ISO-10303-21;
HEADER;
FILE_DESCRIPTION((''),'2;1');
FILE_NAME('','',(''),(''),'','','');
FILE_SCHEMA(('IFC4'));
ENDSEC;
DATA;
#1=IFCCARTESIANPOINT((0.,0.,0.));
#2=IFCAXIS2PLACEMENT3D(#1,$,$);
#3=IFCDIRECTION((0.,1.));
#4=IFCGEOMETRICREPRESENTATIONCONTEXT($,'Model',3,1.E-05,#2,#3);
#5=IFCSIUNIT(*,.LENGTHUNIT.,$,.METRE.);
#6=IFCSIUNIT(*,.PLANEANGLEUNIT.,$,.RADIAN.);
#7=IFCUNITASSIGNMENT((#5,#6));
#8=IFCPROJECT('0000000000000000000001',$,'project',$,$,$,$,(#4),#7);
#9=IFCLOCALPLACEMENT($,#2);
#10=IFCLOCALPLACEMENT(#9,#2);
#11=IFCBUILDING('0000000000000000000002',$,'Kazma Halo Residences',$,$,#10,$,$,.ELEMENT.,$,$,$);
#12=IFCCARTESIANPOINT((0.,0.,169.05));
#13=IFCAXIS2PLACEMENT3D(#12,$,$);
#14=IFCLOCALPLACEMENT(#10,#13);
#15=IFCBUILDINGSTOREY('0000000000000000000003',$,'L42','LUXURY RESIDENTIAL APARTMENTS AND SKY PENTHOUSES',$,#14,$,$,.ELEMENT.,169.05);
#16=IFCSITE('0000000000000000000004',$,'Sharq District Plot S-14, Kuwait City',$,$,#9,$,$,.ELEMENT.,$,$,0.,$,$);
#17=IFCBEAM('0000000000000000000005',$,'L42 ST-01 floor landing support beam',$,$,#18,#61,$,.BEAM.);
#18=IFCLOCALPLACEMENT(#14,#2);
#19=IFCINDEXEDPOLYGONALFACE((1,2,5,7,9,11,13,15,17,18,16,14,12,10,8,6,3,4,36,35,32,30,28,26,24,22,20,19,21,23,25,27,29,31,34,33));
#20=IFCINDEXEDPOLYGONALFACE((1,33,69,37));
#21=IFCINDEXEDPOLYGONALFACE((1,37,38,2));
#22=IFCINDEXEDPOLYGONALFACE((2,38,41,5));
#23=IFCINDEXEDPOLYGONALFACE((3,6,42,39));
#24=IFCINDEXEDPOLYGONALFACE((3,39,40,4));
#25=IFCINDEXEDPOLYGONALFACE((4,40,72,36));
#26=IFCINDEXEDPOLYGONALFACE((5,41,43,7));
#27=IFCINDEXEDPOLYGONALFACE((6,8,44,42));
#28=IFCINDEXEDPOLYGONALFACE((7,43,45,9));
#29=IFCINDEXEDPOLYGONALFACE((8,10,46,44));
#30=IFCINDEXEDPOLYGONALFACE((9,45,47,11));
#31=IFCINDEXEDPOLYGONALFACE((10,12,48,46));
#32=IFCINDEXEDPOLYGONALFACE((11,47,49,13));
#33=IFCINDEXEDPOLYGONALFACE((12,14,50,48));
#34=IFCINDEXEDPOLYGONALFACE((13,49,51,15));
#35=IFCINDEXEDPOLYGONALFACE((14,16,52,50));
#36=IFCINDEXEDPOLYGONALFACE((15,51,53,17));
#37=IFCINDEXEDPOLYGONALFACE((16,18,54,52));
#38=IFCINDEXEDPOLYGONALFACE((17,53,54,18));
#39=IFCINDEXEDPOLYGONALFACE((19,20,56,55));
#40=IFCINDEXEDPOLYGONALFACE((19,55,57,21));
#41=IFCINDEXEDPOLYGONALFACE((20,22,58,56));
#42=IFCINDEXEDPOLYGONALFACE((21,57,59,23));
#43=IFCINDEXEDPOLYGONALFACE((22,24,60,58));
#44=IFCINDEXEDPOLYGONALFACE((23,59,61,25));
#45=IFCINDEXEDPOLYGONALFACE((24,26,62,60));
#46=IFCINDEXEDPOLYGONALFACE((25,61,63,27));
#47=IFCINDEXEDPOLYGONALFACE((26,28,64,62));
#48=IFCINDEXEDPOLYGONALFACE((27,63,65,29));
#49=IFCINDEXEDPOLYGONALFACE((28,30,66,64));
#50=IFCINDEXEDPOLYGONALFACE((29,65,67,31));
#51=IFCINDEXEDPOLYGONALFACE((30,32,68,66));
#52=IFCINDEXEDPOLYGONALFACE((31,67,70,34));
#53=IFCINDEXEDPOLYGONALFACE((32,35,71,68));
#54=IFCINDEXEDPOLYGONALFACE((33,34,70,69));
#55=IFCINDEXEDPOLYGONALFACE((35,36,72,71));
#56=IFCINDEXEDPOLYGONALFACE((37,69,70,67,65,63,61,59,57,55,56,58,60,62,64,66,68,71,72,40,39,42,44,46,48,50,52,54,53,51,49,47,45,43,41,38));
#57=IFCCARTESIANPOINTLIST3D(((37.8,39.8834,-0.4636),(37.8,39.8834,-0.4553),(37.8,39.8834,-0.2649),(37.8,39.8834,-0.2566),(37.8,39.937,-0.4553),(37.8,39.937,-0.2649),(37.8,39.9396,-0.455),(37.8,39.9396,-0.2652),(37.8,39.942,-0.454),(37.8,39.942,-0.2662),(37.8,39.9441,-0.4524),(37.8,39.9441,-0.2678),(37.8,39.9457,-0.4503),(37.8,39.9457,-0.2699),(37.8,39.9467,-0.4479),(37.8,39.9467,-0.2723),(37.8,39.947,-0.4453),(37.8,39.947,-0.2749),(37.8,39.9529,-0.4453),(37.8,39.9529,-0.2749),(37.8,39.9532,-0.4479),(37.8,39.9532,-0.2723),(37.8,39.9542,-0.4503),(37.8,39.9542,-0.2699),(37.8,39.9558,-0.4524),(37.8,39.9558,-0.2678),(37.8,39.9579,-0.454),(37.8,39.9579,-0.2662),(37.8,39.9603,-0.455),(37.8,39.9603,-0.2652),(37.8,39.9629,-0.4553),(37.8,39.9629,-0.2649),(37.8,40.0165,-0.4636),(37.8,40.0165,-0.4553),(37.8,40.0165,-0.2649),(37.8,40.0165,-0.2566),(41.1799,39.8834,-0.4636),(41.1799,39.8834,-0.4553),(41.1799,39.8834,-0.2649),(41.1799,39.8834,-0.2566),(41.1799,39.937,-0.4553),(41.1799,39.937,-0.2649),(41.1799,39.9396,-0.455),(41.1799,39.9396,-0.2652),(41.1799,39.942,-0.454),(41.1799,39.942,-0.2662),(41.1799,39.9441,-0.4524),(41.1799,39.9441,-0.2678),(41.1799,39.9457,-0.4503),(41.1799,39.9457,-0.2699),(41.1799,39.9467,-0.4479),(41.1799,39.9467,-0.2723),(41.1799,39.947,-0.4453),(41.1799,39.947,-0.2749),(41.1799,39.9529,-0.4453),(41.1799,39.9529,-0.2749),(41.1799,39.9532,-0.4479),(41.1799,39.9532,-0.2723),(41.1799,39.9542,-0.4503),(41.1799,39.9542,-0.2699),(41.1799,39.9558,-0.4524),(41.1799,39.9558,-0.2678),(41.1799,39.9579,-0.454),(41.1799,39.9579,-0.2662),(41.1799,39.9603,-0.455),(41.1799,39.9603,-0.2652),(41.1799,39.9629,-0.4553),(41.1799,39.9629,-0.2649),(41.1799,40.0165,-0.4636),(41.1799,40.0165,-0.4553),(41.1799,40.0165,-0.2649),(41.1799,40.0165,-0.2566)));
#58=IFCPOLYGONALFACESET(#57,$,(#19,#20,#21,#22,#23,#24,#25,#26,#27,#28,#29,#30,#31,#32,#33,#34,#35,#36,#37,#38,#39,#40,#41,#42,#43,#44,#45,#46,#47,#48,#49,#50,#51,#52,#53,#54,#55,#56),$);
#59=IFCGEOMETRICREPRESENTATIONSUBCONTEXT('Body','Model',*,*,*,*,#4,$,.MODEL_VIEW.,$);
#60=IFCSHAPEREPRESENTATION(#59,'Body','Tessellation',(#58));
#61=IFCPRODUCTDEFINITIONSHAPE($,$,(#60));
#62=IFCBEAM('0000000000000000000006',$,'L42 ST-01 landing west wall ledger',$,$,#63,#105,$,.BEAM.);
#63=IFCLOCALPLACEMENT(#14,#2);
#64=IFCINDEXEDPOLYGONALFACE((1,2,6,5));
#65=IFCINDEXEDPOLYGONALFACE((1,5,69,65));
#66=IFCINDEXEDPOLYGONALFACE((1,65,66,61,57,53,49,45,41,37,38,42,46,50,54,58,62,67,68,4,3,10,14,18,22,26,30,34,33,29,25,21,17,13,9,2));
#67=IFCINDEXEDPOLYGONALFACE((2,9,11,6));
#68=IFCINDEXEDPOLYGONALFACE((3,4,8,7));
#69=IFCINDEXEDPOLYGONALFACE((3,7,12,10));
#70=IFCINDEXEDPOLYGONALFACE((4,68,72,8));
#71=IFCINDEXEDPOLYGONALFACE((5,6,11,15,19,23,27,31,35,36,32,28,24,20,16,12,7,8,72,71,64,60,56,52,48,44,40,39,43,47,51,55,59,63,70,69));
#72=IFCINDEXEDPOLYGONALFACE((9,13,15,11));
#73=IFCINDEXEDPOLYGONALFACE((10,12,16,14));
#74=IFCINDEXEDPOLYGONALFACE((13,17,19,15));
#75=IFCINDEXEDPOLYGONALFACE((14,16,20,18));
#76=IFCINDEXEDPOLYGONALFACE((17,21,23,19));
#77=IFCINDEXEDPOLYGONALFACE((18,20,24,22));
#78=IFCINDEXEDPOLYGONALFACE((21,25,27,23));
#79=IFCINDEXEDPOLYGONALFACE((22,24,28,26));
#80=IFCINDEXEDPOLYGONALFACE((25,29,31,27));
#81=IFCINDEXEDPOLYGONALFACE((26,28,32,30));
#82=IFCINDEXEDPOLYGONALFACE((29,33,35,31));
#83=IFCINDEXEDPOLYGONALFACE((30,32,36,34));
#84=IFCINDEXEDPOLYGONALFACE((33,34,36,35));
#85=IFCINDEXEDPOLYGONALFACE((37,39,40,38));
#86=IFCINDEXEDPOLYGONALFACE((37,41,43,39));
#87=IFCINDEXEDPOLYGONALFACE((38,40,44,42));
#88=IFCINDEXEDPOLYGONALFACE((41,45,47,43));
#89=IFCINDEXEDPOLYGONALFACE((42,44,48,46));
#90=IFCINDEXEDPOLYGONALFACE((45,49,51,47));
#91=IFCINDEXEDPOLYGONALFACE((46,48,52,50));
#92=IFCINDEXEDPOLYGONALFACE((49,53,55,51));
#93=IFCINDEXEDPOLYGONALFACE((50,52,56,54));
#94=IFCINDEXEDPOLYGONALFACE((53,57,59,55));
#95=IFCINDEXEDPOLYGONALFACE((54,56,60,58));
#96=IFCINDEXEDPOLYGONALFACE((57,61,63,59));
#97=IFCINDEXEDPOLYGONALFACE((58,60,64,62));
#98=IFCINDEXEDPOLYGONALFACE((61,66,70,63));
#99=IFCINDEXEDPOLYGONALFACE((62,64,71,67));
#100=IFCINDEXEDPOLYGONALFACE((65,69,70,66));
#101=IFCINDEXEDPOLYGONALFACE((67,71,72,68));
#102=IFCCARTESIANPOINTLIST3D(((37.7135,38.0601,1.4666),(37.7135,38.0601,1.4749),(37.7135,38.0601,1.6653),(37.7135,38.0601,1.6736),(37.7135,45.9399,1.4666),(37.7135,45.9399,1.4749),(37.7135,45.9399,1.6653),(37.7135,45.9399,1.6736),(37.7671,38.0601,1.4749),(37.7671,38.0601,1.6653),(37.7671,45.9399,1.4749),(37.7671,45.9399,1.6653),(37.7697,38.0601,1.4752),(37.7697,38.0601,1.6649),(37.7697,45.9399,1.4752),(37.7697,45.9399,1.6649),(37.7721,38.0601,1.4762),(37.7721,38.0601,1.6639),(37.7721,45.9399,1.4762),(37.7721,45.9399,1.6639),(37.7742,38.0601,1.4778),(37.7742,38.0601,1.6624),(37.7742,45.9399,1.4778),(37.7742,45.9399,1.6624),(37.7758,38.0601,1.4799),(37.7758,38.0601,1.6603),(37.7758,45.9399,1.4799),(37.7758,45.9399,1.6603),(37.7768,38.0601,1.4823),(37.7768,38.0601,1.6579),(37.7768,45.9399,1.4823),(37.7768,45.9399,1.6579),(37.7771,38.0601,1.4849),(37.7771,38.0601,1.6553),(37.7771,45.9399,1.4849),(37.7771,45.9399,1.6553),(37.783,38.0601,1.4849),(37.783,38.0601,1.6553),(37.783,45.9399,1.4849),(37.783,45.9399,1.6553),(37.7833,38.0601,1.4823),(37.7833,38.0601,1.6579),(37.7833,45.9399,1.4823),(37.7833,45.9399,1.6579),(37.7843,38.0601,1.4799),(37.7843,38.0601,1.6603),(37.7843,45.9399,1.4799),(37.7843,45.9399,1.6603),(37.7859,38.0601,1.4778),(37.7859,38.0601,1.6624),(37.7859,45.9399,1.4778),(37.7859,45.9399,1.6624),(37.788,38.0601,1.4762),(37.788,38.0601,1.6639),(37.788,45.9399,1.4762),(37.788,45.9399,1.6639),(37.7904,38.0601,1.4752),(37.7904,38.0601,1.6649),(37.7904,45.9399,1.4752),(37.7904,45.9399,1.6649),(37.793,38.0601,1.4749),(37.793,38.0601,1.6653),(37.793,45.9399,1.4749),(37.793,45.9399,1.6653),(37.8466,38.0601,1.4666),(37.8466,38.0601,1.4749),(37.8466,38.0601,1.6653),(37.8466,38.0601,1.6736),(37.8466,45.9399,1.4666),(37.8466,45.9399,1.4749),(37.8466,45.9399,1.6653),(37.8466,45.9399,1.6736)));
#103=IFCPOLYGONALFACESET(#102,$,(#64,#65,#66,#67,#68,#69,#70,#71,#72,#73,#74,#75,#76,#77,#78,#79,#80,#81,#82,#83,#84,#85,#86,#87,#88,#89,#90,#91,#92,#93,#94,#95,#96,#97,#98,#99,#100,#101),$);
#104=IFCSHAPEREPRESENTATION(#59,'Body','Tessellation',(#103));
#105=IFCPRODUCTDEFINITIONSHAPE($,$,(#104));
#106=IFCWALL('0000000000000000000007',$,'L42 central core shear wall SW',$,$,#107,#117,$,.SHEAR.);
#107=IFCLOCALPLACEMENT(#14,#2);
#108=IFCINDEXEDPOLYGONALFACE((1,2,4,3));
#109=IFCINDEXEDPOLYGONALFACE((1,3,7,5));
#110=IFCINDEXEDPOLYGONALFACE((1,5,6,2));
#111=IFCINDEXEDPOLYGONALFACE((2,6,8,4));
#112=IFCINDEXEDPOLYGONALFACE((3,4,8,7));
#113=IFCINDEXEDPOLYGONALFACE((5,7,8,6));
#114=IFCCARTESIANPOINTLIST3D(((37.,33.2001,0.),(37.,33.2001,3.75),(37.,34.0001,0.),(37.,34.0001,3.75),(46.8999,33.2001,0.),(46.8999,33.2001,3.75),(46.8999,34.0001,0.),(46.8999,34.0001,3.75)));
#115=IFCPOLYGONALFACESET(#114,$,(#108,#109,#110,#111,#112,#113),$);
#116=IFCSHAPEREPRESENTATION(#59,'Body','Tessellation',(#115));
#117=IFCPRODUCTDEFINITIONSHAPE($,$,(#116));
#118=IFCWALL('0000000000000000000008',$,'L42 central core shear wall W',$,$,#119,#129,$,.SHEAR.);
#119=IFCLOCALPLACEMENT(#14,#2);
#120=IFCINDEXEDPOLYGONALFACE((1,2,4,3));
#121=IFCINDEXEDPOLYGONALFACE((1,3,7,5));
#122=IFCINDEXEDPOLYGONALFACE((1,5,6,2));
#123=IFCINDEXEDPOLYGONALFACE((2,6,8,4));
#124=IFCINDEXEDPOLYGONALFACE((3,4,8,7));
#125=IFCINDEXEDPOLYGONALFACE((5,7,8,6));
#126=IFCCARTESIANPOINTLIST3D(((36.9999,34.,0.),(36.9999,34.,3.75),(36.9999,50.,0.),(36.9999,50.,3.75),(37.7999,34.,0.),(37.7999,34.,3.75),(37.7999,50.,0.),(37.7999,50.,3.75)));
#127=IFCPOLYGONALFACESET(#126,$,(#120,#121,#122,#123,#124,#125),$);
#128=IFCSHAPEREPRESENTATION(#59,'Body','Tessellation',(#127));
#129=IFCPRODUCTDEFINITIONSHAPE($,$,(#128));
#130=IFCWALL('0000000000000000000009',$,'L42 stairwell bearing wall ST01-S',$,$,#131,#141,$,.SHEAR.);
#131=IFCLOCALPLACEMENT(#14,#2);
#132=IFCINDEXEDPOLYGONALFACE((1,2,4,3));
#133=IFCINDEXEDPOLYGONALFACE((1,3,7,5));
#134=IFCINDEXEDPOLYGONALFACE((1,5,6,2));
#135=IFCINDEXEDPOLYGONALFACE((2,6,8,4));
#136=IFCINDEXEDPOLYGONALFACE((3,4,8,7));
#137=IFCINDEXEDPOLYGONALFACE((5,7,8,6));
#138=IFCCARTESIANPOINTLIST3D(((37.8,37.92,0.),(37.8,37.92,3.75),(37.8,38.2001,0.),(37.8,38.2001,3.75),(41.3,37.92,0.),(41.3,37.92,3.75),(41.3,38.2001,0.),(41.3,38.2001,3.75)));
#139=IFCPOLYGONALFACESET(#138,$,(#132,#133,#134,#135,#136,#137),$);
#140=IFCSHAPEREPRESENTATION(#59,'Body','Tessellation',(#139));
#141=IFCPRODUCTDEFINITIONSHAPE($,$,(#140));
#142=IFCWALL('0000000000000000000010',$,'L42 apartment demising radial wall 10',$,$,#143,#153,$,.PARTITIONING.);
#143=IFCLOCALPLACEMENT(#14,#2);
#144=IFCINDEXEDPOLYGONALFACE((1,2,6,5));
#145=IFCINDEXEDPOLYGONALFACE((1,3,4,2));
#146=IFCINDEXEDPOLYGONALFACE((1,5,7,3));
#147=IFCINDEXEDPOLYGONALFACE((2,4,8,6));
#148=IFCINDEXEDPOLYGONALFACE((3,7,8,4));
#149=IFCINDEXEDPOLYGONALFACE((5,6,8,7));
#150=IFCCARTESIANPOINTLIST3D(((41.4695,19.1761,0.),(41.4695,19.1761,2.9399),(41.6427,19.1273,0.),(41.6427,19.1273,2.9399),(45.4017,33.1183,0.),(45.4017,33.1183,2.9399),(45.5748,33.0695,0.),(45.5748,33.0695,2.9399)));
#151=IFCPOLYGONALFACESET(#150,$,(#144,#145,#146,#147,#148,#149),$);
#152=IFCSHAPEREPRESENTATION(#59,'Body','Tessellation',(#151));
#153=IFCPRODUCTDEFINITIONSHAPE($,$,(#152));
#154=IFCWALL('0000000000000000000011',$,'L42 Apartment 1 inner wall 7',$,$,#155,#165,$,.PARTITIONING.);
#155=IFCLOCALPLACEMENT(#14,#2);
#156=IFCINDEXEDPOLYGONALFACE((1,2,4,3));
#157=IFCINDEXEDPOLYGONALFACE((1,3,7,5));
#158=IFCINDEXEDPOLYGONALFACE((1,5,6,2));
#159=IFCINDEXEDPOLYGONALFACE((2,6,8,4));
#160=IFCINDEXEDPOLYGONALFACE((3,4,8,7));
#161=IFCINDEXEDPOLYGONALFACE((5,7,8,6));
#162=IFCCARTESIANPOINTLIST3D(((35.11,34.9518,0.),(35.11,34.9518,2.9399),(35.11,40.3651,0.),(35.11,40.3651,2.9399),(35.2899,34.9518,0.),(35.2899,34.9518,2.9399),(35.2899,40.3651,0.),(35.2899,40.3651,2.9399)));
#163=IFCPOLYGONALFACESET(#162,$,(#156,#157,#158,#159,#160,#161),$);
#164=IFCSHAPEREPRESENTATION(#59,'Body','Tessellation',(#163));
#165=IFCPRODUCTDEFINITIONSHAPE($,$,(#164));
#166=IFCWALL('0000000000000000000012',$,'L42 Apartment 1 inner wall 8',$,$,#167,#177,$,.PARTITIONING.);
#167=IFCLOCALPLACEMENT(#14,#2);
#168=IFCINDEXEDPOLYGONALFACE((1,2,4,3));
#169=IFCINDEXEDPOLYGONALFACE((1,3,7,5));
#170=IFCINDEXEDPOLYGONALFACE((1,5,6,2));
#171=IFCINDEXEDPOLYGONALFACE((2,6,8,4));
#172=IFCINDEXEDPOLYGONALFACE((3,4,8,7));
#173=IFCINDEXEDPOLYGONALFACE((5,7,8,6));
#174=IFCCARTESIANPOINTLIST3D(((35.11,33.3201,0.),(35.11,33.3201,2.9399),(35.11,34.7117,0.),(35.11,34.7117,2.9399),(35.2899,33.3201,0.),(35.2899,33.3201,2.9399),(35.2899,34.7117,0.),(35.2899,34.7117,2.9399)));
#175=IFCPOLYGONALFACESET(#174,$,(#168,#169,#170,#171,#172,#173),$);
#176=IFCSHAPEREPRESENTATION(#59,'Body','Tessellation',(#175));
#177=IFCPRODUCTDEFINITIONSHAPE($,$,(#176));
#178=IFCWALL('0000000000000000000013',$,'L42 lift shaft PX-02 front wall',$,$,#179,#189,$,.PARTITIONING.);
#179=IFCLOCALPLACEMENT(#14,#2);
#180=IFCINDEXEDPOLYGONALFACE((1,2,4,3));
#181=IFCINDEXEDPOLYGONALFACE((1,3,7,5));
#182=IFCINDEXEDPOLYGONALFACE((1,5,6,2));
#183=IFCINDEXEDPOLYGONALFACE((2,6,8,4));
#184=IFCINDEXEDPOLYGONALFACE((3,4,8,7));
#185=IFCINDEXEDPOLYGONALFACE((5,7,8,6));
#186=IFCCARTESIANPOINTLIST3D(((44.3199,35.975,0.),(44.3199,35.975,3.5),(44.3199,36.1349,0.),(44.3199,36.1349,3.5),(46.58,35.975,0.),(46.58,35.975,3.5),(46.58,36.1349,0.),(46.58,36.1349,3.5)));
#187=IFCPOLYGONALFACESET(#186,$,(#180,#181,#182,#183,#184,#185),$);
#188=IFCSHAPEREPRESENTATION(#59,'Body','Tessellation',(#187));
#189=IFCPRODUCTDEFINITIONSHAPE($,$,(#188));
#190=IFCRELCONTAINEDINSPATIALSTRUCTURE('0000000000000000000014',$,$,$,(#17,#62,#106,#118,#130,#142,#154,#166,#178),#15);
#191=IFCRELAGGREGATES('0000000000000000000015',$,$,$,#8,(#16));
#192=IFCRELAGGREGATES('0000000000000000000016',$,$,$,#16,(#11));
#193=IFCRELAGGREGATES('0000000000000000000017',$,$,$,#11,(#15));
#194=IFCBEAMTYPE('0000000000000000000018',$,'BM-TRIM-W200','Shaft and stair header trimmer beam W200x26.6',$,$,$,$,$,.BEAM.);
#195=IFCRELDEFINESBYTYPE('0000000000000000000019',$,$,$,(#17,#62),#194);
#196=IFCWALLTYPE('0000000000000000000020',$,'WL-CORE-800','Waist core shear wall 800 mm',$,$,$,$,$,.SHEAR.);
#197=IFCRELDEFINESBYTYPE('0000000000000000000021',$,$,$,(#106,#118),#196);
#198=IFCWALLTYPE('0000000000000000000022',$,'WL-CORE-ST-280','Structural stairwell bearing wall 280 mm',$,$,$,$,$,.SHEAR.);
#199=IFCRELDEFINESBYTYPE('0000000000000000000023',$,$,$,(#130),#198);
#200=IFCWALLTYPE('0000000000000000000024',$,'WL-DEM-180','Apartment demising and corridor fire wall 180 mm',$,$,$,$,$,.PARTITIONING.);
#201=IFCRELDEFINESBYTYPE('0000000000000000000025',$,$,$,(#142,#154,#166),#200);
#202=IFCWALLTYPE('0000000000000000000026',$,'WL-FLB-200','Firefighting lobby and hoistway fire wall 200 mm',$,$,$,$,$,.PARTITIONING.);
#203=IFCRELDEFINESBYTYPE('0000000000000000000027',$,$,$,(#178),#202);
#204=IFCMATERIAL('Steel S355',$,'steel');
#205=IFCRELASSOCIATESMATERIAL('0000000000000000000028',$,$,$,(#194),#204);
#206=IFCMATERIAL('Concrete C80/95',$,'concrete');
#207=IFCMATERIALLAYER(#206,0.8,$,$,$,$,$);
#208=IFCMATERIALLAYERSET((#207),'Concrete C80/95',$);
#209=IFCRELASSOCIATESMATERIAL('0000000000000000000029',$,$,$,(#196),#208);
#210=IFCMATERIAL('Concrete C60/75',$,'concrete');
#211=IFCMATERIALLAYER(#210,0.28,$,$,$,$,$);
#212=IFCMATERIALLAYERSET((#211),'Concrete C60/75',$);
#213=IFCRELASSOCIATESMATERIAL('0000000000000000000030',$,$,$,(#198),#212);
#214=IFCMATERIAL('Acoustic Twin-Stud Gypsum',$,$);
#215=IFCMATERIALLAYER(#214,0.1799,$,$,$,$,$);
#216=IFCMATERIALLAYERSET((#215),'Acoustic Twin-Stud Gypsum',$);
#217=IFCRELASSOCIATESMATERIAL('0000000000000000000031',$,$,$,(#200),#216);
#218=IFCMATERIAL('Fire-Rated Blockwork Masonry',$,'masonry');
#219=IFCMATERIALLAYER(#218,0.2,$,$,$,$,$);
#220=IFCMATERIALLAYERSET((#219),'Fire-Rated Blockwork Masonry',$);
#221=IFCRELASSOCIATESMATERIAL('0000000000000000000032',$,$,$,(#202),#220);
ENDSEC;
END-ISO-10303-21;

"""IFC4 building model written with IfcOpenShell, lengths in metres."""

from ifc_helpers import new_model, si_unit, direction, frame, frame_2d, origin, origin_2d, place, context, subcontext, project, spatial, rectangle, i_section, extrude, material, layer, layer_set, material_profile, profile_set, type_object, element, save


model = new_model("IFC4")

# Units and contexts
model_context = context("Model", 3, precision=1e-05, world=origin(), true_north=direction((0.0, 1.0)))
body_context = subcontext(model_context, "Body", "Model", "MODEL_VIEW")
ifc_project = project(units=[si_unit("LENGTHUNIT", "METRE"), si_unit("PLANEANGLEUNIT", "RADIAN")], contexts=[model_context])

# Site, building, storey
site_placement = place(None, origin())
site = spatial("IfcSite", under=ifc_project, at=site_placement, Name="Sharq District Plot S-14, Kuwait City", CompositionType="ELEMENT", RefElevation=0.0)
building_placement = place(site_placement, origin())
building = spatial("IfcBuilding", under=site, at=building_placement, Name="Kazma Halo Residences", CompositionType="ELEMENT")
storey_placement = place(building_placement, frame((0.0, 0.0, 169.05)))
storey = spatial("IfcBuildingStorey", under=building, at=storey_placement, Name="L42", Description="LUXURY RESIDENTIAL APARTMENTS AND SKY PENTHOUSES", CompositionType="ELEMENT", Elevation=169.05)

# Beams
ifc_material_1 = material(Name="Steel S355", Category="steel")
ifc_material_profile_1 = material_profile(ifc_material_1, i_section(OverallWidth=0.1331, OverallDepth=0.207, WebThickness=0.0059, FlangeThickness=0.0083, FilletRadius=0.01, at=origin_2d()), Name="W200x26.6")
ifc_profile_set_1 = profile_set([ifc_material_profile_1], Name="Steel S355")
beam_type_1 = type_object("IfcBeamType", Name="BM-TRIM-W200", Description="Shaft and stair header trimmer beam W200x26.6", PredefinedType="BEAM", material=ifc_profile_set_1)
beam_1_placement = place(storey_placement, frame((37.8, 39.95, -0.3601), z_axis=(1.0, 0.0, 0.0), x_axis=(0.0, 1.0, 0.0)))
element("IfcBeam", 1, at=beam_1_placement, inside=storey, type_object=beam_type_1, Name="L42 ST-01 floor landing support beam", PredefinedType="BEAM", context=body_context, shape_type="SweptSolid", body=[
    extrude(i_section(OverallWidth=0.1331, OverallDepth=0.207, WebThickness=0.0059, FlangeThickness=0.0083, FilletRadius=0.01, at=origin_2d()), origin(), (0.0, 0.0, 1.0), 3.3799),
])
beam_2_placement = place(storey_placement, frame((37.78, 38.0601, 1.5701), z_axis=(0.0, 1.0, 0.0), x_axis=(-1.0, 0.0, 0.0)))
element("IfcBeam", 2, at=beam_2_placement, inside=storey, type_object=beam_type_1, Name="L42 ST-01 landing west wall ledger", PredefinedType="BEAM", context=body_context, shape_type="SweptSolid", body=[
    extrude(i_section(OverallWidth=0.1331, OverallDepth=0.207, WebThickness=0.0059, FlangeThickness=0.0083, FilletRadius=0.01, at=origin_2d()), origin(), (0.0, 0.0, 1.0), 7.8799),
])

# Walls
ifc_material_2 = material(Name="Concrete C80/95", Category="concrete")
ifc_layer_1 = layer(ifc_material_2, 0.8)
ifc_layer_set_1 = layer_set([ifc_layer_1], Name="Concrete C80/95")
wall_type_1 = type_object("IfcWallType", Name="WL-CORE-800", Description="Waist core shear wall 800 mm", PredefinedType="SHEAR", material=ifc_layer_set_1)
wall_1_placement = place(storey_placement, frame((37.0, 33.6001, 0.0), z_axis=(0.0, 0.0, 1.0), x_axis=(1.0, 0.0, 0.0)))
element("IfcWall", 3, at=wall_1_placement, inside=storey, type_object=wall_type_1, Name="L42 central core shear wall SW", PredefinedType="SHEAR", context=body_context, shape_type="SweptSolid", body=[
    extrude(rectangle(XDim=9.8999, YDim=0.8, at=frame_2d((4.95, 0.0))), origin(), (0.0, 0.0, 1.0), 3.75),
])
wall_2_placement = place(storey_placement, frame((37.3999, 34.0, 0.0), z_axis=(0.0, 0.0, 1.0), x_axis=(0.0, 1.0, 0.0)))
element("IfcWall", 4, at=wall_2_placement, inside=storey, type_object=wall_type_1, Name="L42 central core shear wall W", PredefinedType="SHEAR", context=body_context, shape_type="SweptSolid", body=[
    extrude(rectangle(XDim=16.0, YDim=0.8, at=frame_2d((8.0, 0.0))), origin(), (0.0, 0.0, 1.0), 3.75),
])
ifc_material_3 = material(Name="Concrete C60/75", Category="concrete")
ifc_layer_2 = layer(ifc_material_3, 0.28)
ifc_layer_set_2 = layer_set([ifc_layer_2], Name="Concrete C60/75")
wall_type_2 = type_object("IfcWallType", Name="WL-CORE-ST-280", Description="Structural stairwell bearing wall 280 mm", PredefinedType="SHEAR", material=ifc_layer_set_2)
wall_3_placement = place(storey_placement, frame((37.8, 38.0601, 0.0), z_axis=(0.0, 0.0, 1.0), x_axis=(1.0, 0.0, 0.0)))
element("IfcWall", 5, at=wall_3_placement, inside=storey, type_object=wall_type_2, Name="L42 stairwell bearing wall ST01-S", PredefinedType="SHEAR", context=body_context, shape_type="SweptSolid", body=[
    extrude(rectangle(XDim=3.5, YDim=0.28, at=frame_2d((1.75, 0.0))), origin(), (0.0, 0.0, 1.0), 3.75),
])
ifc_material_4 = material(Name="Acoustic Twin-Stud Gypsum")
ifc_layer_3 = layer(ifc_material_4, 0.1799)
ifc_layer_set_3 = layer_set([ifc_layer_3], Name="Acoustic Twin-Stud Gypsum")
wall_type_3 = type_object("IfcWallType", Name="WL-DEM-180", Description="Apartment demising and corridor fire wall 180 mm", PredefinedType="PARTITIONING", material=ifc_layer_set_3)
wall_4_placement = place(storey_placement, frame((45.4883, 33.094, 0.0), z_axis=(0.0, 0.0, 1.0), x_axis=(-0.271443, -0.962455, 0.0)))
element("IfcWall", 6, at=wall_4_placement, inside=storey, type_object=wall_type_3, Name="L42 apartment demising radial wall 10", PredefinedType="PARTITIONING", context=body_context, shape_type="SweptSolid", body=[
    extrude(rectangle(XDim=14.4861, YDim=0.1799, at=frame_2d((7.2432, 0.0))), origin(), (0.0, 0.0, 1.0), 2.9399),
])
wall_5_placement = place(storey_placement, frame((35.2, 40.365, 0.0), z_axis=(0.0, 0.0, 1.0), x_axis=(0.0, -1.0, 0.0)))
element("IfcWall", 7, at=wall_5_placement, inside=storey, type_object=wall_type_3, Name="L42 Apartment 1 inner wall 7", PredefinedType="PARTITIONING", context=body_context, shape_type="SweptSolid", body=[
    extrude(rectangle(XDim=5.4133, YDim=0.1799, at=frame_2d((2.7065, 0.0))), origin(), (0.0, 0.0, 1.0), 2.9399),
])
wall_6_placement = place(storey_placement, frame((35.2, 34.7117, 0.0), z_axis=(0.0, 0.0, 1.0), x_axis=(0.0, -1.0, 0.0)))
element("IfcWall", 8, at=wall_6_placement, inside=storey, type_object=wall_type_3, Name="L42 Apartment 1 inner wall 8", PredefinedType="PARTITIONING", context=body_context, shape_type="SweptSolid", body=[
    extrude(rectangle(XDim=1.3916, YDim=0.1799, at=frame_2d((0.6958, 0.0))), origin(), (0.0, 0.0, 1.0), 2.9399),
])
ifc_material_5 = material(Name="Fire-Rated Blockwork Masonry", Category="masonry")
ifc_layer_4 = layer(ifc_material_5, 0.2)
ifc_layer_set_4 = layer_set([ifc_layer_4], Name="Fire-Rated Blockwork Masonry")
wall_type_4 = type_object("IfcWallType", Name="WL-FLB-200", Description="Firefighting lobby and hoistway fire wall 200 mm", PredefinedType="PARTITIONING", material=ifc_layer_set_4)
wall_7_placement = place(storey_placement, frame((44.3201, 36.0549, 0.0), z_axis=(0.0, 0.0, 1.0), x_axis=(1.0, 0.0, 0.0)))
element("IfcWall", 9, at=wall_7_placement, inside=storey, type_object=wall_type_4, Name="L42 lift shaft PX-02 front wall", PredefinedType="PARTITIONING", context=body_context, shape_type="SweptSolid", body=[
    extrude(rectangle(XDim=2.26, YDim=0.1599, at=frame_2d((1.1299, 0.0))), origin(), (0.0, 0.0, 1.0), 3.5),
])

save(model, "model.ifc")
